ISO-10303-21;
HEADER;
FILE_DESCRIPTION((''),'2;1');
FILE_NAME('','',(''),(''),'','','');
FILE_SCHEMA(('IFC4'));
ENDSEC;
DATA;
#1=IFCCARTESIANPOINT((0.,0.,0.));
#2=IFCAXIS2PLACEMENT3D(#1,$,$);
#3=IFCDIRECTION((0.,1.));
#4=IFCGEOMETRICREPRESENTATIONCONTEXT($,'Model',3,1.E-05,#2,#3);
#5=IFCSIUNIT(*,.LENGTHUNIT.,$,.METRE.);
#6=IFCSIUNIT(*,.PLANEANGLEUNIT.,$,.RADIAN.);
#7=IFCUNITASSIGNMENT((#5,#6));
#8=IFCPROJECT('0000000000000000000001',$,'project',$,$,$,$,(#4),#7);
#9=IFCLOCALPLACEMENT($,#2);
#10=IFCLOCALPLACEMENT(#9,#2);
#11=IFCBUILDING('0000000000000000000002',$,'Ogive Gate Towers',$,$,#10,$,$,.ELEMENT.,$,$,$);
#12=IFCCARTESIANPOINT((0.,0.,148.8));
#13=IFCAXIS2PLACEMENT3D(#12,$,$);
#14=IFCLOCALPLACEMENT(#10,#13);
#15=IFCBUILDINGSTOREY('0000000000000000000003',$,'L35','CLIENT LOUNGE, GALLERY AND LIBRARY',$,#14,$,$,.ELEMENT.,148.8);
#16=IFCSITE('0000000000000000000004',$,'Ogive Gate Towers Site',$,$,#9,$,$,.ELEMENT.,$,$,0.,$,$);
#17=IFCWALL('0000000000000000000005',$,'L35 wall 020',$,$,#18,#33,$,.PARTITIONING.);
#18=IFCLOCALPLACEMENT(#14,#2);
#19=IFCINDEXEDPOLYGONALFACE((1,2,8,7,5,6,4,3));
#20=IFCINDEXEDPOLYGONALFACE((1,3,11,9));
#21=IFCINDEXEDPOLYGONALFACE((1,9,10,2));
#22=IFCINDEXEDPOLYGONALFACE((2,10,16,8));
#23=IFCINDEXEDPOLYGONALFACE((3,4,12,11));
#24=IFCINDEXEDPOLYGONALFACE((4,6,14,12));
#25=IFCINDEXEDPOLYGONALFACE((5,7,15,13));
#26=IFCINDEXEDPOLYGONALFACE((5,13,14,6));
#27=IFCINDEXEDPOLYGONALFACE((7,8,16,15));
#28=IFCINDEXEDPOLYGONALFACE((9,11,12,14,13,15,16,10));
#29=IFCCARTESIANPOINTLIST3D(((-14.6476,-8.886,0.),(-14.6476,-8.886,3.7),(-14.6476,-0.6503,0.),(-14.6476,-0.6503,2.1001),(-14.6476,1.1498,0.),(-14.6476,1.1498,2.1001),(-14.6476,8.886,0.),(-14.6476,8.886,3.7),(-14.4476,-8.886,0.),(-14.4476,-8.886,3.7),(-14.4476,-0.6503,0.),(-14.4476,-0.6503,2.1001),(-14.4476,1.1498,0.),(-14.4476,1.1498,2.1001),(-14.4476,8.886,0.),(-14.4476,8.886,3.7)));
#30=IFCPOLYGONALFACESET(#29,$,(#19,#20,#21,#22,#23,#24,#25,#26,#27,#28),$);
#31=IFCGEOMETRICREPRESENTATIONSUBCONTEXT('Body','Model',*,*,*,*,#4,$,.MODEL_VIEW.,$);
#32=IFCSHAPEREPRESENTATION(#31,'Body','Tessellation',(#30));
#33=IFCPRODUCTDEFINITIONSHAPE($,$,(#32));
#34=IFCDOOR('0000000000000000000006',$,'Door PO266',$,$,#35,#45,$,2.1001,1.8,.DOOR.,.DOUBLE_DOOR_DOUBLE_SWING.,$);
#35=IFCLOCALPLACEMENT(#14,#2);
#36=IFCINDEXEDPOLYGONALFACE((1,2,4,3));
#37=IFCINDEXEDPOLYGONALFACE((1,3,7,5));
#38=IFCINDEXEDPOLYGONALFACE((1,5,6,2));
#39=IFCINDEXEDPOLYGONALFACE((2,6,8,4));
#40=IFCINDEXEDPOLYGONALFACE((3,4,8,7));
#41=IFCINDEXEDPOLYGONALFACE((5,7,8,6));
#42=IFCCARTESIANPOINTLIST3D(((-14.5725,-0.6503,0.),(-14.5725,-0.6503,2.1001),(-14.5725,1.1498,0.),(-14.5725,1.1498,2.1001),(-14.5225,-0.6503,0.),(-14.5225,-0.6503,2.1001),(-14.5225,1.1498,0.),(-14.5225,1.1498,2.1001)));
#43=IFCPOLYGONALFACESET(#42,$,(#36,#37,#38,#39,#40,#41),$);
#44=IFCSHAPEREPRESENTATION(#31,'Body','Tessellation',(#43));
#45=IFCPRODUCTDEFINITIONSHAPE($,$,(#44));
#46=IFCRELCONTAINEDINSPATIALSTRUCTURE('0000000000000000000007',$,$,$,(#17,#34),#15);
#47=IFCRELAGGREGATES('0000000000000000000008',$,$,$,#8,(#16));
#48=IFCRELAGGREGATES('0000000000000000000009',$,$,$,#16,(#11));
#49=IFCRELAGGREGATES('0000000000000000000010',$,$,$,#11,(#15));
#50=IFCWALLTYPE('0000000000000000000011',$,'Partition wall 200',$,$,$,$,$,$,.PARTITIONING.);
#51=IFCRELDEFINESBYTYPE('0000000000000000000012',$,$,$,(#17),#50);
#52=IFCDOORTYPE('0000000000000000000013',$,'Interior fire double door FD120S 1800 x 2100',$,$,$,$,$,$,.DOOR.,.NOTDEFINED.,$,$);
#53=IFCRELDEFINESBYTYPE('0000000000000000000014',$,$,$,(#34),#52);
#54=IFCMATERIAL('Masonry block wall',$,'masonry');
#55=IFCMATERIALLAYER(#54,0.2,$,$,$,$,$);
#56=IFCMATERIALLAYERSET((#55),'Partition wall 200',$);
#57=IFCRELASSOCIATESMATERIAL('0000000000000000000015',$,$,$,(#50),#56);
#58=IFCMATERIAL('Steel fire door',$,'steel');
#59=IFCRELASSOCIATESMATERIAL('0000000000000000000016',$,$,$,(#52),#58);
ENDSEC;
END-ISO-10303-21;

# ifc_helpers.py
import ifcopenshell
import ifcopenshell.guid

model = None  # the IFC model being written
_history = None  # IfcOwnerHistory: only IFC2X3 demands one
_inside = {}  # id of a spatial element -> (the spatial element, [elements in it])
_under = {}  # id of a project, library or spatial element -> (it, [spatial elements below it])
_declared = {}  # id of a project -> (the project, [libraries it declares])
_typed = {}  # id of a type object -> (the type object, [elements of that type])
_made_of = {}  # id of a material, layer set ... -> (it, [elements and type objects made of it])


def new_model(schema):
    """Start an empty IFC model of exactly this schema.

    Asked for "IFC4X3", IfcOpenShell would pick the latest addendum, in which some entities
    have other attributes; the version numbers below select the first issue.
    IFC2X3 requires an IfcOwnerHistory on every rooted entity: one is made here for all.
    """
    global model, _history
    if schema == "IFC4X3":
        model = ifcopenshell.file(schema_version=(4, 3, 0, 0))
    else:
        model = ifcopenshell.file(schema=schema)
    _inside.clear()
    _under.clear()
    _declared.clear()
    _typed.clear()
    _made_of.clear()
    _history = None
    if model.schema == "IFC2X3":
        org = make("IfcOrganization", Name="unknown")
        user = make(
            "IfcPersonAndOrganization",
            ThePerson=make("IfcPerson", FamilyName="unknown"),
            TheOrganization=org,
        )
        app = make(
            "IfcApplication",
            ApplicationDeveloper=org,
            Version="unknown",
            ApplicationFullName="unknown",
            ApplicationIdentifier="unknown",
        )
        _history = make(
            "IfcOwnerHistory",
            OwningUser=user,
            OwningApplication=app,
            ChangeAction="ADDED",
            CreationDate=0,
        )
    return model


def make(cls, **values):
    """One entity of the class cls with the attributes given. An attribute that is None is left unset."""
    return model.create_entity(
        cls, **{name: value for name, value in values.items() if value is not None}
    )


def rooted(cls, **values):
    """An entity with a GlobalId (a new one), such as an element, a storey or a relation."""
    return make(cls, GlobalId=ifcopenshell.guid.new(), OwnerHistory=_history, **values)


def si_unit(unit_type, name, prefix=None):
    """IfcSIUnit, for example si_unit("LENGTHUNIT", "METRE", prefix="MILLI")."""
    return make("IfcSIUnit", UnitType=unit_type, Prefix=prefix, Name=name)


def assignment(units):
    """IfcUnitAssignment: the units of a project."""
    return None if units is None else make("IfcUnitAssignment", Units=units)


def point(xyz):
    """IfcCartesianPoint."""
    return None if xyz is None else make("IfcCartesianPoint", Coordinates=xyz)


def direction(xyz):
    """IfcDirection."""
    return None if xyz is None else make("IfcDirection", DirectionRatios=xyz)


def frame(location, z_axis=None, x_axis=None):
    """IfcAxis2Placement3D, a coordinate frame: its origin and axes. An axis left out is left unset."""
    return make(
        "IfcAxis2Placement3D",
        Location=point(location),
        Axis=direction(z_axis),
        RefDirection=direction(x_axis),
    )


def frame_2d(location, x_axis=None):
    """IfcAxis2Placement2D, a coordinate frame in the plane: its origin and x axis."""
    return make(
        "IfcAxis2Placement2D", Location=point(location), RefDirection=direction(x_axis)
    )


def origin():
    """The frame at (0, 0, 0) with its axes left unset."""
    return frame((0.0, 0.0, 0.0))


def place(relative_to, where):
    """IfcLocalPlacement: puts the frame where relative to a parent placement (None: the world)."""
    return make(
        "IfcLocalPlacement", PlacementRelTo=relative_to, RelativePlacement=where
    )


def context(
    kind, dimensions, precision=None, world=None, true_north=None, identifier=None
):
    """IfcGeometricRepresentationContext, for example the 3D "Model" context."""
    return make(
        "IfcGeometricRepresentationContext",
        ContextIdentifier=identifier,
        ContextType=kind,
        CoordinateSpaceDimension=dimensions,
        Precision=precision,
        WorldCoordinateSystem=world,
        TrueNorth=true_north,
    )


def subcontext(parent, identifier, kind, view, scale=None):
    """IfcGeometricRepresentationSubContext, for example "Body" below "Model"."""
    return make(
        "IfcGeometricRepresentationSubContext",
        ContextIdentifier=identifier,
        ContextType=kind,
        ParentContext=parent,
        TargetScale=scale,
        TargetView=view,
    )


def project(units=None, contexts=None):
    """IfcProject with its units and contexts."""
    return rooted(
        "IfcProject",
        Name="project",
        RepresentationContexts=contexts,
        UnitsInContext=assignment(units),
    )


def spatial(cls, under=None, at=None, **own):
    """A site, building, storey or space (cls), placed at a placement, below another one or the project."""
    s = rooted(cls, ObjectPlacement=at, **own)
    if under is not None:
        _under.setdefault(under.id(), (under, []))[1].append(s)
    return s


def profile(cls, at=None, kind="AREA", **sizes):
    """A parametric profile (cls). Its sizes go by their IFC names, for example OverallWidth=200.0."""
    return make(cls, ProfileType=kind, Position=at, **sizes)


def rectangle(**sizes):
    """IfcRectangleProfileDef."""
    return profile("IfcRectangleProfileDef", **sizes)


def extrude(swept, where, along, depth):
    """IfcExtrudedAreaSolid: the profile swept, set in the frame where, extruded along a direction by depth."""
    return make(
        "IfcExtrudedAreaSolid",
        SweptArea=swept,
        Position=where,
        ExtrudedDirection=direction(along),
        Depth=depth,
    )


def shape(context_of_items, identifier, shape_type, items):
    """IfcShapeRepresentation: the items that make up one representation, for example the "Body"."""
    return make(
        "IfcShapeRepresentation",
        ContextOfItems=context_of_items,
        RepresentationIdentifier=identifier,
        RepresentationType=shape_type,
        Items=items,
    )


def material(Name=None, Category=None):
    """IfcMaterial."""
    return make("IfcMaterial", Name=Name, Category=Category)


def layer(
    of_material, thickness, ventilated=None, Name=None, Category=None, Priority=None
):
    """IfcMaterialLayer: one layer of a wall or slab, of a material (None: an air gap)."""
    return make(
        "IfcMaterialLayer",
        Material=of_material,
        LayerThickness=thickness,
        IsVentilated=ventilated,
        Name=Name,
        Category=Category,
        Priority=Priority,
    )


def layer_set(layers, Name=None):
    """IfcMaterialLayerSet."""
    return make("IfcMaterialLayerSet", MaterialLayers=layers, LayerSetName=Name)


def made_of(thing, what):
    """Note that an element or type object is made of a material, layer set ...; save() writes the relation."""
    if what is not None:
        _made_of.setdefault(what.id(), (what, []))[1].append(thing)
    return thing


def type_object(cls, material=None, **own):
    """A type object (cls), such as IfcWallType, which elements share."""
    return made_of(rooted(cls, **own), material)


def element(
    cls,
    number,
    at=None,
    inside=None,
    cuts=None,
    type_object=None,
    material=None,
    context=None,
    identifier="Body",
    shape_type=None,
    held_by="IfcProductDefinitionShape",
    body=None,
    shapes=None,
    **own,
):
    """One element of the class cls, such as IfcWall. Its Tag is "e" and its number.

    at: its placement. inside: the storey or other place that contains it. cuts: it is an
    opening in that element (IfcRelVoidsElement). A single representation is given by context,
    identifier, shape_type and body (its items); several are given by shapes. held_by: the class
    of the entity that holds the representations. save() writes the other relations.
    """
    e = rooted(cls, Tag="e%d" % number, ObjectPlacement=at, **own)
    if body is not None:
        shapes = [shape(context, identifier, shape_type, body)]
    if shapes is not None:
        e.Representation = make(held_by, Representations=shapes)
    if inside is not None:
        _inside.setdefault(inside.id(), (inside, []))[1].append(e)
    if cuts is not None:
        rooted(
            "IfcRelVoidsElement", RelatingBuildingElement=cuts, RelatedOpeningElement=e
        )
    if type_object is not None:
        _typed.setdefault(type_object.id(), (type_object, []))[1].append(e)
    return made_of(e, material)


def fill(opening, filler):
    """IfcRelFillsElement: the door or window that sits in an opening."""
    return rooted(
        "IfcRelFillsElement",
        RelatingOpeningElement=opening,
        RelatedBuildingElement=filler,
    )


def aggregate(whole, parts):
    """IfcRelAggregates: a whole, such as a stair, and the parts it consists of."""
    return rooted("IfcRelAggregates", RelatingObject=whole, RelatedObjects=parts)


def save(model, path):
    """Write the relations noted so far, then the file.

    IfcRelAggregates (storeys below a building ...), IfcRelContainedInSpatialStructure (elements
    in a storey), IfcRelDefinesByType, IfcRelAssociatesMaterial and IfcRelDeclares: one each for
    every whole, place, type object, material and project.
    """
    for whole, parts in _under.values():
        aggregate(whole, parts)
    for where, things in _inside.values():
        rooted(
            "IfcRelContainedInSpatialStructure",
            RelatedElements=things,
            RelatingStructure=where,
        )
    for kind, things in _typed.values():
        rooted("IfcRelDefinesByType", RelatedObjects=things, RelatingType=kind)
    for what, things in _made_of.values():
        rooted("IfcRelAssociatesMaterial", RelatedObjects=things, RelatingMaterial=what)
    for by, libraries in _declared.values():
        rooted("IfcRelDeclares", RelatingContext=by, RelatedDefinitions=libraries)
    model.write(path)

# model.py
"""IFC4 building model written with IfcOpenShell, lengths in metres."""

from ifc_helpers import new_model, si_unit, direction, frame, frame_2d, origin, place, context, subcontext, project, spatial, rectangle, extrude, material, layer, layer_set, type_object, element, fill, save


model = new_model("IFC4")

# Units and contexts
model_context = context("Model", 3, precision=1e-05, world=origin(), true_north=direction((0.0, 1.0)))
body_context = subcontext(model_context, "Body", "Model", "MODEL_VIEW")
ifc_project = project(units=[si_unit("LENGTHUNIT", "METRE"), si_unit("PLANEANGLEUNIT", "RADIAN")], contexts=[model_context])

# Site, building, storey
site_placement = place(None, origin())
site = spatial("IfcSite", under=ifc_project, at=site_placement, Name="Ogive Gate Towers Site", CompositionType="ELEMENT", RefElevation=0.0)
building_placement = place(site_placement, origin())
building = spatial("IfcBuilding", under=site, at=building_placement, Name="Ogive Gate Towers", CompositionType="ELEMENT")
storey_placement = place(building_placement, frame((0.0, 0.0, 148.8)))
storey = spatial("IfcBuildingStorey", under=building, at=storey_placement, Name="L35", Description="CLIENT LOUNGE, GALLERY AND LIBRARY", CompositionType="ELEMENT", Elevation=148.8)

# Wall, opening, door
ifc_material_1 = material(Name="Masonry block wall", Category="masonry")
ifc_layer_1 = layer(ifc_material_1, 0.2)
ifc_layer_set_1 = layer_set([ifc_layer_1], Name="Partition wall 200")
wall_type_1 = type_object("IfcWallType", Name="Partition wall 200", PredefinedType="PARTITIONING", material=ifc_layer_set_1)
wall_1_placement = place(storey_placement, frame((-14.5476, -8.886, 0.0), z_axis=(0.0, 0.0, 1.0), x_axis=(0.0, 1.0, 0.0)))
wall_1 = element("IfcWall", 1, at=wall_1_placement, inside=storey, type_object=wall_type_1, Name="L35 wall 020", PredefinedType="PARTITIONING", context=body_context, shape_type="SweptSolid", body=[
    extrude(rectangle(XDim=17.772, YDim=0.2, at=frame_2d((8.886, 0.0))), origin(), (0.0, 0.0, 1.0), 3.7),
])
opening_1_placement = place(wall_1_placement, frame((8.2358, 0.0, 0.0)))
opening_1 = element("IfcOpeningElement", 2, at=opening_1_placement, cuts=wall_1, PredefinedType="OPENING", context=body_context, shape_type="SweptSolid", body=[
    extrude(rectangle(XDim=1.8, YDim=2.1001, at=frame_2d((0.8999, 1.05))), frame((0.0, 0.1099, 0.0), z_axis=(0.0, -1.0, 0.0), x_axis=(1.0, 0.0, 0.0)), (0.0, 0.0, 1.0), 0.22),
])
ifc_material_2 = material(Name="Steel fire door", Category="steel")
door_type_1 = type_object("IfcDoorType", Name="Interior fire double door FD120S 1800 x 2100", OperationType="NOTDEFINED", PredefinedType="DOOR", material=ifc_material_2)
door_1_placement = place(opening_1_placement, origin())
door_1 = element("IfcDoor", 3, at=door_1_placement, inside=storey, type_object=door_type_1, Name="Door PO266", OperationType="DOUBLE_DOOR_DOUBLE_SWING", OverallHeight=2.1001, OverallWidth=1.8, PredefinedType="DOOR", context=body_context, shape_type="SweptSolid", body=[
    extrude(rectangle(XDim=1.8, YDim=2.1001, at=frame_2d((0.8999, 1.05))), frame((0.0, 0.0249, 0.0), z_axis=(0.0, -1.0, 0.0), x_axis=(1.0, 0.0, 0.0)), (0.0, 0.0, 1.0), 0.05),
])
fill(opening_1, door_1)

save(model, "model.ifc")
